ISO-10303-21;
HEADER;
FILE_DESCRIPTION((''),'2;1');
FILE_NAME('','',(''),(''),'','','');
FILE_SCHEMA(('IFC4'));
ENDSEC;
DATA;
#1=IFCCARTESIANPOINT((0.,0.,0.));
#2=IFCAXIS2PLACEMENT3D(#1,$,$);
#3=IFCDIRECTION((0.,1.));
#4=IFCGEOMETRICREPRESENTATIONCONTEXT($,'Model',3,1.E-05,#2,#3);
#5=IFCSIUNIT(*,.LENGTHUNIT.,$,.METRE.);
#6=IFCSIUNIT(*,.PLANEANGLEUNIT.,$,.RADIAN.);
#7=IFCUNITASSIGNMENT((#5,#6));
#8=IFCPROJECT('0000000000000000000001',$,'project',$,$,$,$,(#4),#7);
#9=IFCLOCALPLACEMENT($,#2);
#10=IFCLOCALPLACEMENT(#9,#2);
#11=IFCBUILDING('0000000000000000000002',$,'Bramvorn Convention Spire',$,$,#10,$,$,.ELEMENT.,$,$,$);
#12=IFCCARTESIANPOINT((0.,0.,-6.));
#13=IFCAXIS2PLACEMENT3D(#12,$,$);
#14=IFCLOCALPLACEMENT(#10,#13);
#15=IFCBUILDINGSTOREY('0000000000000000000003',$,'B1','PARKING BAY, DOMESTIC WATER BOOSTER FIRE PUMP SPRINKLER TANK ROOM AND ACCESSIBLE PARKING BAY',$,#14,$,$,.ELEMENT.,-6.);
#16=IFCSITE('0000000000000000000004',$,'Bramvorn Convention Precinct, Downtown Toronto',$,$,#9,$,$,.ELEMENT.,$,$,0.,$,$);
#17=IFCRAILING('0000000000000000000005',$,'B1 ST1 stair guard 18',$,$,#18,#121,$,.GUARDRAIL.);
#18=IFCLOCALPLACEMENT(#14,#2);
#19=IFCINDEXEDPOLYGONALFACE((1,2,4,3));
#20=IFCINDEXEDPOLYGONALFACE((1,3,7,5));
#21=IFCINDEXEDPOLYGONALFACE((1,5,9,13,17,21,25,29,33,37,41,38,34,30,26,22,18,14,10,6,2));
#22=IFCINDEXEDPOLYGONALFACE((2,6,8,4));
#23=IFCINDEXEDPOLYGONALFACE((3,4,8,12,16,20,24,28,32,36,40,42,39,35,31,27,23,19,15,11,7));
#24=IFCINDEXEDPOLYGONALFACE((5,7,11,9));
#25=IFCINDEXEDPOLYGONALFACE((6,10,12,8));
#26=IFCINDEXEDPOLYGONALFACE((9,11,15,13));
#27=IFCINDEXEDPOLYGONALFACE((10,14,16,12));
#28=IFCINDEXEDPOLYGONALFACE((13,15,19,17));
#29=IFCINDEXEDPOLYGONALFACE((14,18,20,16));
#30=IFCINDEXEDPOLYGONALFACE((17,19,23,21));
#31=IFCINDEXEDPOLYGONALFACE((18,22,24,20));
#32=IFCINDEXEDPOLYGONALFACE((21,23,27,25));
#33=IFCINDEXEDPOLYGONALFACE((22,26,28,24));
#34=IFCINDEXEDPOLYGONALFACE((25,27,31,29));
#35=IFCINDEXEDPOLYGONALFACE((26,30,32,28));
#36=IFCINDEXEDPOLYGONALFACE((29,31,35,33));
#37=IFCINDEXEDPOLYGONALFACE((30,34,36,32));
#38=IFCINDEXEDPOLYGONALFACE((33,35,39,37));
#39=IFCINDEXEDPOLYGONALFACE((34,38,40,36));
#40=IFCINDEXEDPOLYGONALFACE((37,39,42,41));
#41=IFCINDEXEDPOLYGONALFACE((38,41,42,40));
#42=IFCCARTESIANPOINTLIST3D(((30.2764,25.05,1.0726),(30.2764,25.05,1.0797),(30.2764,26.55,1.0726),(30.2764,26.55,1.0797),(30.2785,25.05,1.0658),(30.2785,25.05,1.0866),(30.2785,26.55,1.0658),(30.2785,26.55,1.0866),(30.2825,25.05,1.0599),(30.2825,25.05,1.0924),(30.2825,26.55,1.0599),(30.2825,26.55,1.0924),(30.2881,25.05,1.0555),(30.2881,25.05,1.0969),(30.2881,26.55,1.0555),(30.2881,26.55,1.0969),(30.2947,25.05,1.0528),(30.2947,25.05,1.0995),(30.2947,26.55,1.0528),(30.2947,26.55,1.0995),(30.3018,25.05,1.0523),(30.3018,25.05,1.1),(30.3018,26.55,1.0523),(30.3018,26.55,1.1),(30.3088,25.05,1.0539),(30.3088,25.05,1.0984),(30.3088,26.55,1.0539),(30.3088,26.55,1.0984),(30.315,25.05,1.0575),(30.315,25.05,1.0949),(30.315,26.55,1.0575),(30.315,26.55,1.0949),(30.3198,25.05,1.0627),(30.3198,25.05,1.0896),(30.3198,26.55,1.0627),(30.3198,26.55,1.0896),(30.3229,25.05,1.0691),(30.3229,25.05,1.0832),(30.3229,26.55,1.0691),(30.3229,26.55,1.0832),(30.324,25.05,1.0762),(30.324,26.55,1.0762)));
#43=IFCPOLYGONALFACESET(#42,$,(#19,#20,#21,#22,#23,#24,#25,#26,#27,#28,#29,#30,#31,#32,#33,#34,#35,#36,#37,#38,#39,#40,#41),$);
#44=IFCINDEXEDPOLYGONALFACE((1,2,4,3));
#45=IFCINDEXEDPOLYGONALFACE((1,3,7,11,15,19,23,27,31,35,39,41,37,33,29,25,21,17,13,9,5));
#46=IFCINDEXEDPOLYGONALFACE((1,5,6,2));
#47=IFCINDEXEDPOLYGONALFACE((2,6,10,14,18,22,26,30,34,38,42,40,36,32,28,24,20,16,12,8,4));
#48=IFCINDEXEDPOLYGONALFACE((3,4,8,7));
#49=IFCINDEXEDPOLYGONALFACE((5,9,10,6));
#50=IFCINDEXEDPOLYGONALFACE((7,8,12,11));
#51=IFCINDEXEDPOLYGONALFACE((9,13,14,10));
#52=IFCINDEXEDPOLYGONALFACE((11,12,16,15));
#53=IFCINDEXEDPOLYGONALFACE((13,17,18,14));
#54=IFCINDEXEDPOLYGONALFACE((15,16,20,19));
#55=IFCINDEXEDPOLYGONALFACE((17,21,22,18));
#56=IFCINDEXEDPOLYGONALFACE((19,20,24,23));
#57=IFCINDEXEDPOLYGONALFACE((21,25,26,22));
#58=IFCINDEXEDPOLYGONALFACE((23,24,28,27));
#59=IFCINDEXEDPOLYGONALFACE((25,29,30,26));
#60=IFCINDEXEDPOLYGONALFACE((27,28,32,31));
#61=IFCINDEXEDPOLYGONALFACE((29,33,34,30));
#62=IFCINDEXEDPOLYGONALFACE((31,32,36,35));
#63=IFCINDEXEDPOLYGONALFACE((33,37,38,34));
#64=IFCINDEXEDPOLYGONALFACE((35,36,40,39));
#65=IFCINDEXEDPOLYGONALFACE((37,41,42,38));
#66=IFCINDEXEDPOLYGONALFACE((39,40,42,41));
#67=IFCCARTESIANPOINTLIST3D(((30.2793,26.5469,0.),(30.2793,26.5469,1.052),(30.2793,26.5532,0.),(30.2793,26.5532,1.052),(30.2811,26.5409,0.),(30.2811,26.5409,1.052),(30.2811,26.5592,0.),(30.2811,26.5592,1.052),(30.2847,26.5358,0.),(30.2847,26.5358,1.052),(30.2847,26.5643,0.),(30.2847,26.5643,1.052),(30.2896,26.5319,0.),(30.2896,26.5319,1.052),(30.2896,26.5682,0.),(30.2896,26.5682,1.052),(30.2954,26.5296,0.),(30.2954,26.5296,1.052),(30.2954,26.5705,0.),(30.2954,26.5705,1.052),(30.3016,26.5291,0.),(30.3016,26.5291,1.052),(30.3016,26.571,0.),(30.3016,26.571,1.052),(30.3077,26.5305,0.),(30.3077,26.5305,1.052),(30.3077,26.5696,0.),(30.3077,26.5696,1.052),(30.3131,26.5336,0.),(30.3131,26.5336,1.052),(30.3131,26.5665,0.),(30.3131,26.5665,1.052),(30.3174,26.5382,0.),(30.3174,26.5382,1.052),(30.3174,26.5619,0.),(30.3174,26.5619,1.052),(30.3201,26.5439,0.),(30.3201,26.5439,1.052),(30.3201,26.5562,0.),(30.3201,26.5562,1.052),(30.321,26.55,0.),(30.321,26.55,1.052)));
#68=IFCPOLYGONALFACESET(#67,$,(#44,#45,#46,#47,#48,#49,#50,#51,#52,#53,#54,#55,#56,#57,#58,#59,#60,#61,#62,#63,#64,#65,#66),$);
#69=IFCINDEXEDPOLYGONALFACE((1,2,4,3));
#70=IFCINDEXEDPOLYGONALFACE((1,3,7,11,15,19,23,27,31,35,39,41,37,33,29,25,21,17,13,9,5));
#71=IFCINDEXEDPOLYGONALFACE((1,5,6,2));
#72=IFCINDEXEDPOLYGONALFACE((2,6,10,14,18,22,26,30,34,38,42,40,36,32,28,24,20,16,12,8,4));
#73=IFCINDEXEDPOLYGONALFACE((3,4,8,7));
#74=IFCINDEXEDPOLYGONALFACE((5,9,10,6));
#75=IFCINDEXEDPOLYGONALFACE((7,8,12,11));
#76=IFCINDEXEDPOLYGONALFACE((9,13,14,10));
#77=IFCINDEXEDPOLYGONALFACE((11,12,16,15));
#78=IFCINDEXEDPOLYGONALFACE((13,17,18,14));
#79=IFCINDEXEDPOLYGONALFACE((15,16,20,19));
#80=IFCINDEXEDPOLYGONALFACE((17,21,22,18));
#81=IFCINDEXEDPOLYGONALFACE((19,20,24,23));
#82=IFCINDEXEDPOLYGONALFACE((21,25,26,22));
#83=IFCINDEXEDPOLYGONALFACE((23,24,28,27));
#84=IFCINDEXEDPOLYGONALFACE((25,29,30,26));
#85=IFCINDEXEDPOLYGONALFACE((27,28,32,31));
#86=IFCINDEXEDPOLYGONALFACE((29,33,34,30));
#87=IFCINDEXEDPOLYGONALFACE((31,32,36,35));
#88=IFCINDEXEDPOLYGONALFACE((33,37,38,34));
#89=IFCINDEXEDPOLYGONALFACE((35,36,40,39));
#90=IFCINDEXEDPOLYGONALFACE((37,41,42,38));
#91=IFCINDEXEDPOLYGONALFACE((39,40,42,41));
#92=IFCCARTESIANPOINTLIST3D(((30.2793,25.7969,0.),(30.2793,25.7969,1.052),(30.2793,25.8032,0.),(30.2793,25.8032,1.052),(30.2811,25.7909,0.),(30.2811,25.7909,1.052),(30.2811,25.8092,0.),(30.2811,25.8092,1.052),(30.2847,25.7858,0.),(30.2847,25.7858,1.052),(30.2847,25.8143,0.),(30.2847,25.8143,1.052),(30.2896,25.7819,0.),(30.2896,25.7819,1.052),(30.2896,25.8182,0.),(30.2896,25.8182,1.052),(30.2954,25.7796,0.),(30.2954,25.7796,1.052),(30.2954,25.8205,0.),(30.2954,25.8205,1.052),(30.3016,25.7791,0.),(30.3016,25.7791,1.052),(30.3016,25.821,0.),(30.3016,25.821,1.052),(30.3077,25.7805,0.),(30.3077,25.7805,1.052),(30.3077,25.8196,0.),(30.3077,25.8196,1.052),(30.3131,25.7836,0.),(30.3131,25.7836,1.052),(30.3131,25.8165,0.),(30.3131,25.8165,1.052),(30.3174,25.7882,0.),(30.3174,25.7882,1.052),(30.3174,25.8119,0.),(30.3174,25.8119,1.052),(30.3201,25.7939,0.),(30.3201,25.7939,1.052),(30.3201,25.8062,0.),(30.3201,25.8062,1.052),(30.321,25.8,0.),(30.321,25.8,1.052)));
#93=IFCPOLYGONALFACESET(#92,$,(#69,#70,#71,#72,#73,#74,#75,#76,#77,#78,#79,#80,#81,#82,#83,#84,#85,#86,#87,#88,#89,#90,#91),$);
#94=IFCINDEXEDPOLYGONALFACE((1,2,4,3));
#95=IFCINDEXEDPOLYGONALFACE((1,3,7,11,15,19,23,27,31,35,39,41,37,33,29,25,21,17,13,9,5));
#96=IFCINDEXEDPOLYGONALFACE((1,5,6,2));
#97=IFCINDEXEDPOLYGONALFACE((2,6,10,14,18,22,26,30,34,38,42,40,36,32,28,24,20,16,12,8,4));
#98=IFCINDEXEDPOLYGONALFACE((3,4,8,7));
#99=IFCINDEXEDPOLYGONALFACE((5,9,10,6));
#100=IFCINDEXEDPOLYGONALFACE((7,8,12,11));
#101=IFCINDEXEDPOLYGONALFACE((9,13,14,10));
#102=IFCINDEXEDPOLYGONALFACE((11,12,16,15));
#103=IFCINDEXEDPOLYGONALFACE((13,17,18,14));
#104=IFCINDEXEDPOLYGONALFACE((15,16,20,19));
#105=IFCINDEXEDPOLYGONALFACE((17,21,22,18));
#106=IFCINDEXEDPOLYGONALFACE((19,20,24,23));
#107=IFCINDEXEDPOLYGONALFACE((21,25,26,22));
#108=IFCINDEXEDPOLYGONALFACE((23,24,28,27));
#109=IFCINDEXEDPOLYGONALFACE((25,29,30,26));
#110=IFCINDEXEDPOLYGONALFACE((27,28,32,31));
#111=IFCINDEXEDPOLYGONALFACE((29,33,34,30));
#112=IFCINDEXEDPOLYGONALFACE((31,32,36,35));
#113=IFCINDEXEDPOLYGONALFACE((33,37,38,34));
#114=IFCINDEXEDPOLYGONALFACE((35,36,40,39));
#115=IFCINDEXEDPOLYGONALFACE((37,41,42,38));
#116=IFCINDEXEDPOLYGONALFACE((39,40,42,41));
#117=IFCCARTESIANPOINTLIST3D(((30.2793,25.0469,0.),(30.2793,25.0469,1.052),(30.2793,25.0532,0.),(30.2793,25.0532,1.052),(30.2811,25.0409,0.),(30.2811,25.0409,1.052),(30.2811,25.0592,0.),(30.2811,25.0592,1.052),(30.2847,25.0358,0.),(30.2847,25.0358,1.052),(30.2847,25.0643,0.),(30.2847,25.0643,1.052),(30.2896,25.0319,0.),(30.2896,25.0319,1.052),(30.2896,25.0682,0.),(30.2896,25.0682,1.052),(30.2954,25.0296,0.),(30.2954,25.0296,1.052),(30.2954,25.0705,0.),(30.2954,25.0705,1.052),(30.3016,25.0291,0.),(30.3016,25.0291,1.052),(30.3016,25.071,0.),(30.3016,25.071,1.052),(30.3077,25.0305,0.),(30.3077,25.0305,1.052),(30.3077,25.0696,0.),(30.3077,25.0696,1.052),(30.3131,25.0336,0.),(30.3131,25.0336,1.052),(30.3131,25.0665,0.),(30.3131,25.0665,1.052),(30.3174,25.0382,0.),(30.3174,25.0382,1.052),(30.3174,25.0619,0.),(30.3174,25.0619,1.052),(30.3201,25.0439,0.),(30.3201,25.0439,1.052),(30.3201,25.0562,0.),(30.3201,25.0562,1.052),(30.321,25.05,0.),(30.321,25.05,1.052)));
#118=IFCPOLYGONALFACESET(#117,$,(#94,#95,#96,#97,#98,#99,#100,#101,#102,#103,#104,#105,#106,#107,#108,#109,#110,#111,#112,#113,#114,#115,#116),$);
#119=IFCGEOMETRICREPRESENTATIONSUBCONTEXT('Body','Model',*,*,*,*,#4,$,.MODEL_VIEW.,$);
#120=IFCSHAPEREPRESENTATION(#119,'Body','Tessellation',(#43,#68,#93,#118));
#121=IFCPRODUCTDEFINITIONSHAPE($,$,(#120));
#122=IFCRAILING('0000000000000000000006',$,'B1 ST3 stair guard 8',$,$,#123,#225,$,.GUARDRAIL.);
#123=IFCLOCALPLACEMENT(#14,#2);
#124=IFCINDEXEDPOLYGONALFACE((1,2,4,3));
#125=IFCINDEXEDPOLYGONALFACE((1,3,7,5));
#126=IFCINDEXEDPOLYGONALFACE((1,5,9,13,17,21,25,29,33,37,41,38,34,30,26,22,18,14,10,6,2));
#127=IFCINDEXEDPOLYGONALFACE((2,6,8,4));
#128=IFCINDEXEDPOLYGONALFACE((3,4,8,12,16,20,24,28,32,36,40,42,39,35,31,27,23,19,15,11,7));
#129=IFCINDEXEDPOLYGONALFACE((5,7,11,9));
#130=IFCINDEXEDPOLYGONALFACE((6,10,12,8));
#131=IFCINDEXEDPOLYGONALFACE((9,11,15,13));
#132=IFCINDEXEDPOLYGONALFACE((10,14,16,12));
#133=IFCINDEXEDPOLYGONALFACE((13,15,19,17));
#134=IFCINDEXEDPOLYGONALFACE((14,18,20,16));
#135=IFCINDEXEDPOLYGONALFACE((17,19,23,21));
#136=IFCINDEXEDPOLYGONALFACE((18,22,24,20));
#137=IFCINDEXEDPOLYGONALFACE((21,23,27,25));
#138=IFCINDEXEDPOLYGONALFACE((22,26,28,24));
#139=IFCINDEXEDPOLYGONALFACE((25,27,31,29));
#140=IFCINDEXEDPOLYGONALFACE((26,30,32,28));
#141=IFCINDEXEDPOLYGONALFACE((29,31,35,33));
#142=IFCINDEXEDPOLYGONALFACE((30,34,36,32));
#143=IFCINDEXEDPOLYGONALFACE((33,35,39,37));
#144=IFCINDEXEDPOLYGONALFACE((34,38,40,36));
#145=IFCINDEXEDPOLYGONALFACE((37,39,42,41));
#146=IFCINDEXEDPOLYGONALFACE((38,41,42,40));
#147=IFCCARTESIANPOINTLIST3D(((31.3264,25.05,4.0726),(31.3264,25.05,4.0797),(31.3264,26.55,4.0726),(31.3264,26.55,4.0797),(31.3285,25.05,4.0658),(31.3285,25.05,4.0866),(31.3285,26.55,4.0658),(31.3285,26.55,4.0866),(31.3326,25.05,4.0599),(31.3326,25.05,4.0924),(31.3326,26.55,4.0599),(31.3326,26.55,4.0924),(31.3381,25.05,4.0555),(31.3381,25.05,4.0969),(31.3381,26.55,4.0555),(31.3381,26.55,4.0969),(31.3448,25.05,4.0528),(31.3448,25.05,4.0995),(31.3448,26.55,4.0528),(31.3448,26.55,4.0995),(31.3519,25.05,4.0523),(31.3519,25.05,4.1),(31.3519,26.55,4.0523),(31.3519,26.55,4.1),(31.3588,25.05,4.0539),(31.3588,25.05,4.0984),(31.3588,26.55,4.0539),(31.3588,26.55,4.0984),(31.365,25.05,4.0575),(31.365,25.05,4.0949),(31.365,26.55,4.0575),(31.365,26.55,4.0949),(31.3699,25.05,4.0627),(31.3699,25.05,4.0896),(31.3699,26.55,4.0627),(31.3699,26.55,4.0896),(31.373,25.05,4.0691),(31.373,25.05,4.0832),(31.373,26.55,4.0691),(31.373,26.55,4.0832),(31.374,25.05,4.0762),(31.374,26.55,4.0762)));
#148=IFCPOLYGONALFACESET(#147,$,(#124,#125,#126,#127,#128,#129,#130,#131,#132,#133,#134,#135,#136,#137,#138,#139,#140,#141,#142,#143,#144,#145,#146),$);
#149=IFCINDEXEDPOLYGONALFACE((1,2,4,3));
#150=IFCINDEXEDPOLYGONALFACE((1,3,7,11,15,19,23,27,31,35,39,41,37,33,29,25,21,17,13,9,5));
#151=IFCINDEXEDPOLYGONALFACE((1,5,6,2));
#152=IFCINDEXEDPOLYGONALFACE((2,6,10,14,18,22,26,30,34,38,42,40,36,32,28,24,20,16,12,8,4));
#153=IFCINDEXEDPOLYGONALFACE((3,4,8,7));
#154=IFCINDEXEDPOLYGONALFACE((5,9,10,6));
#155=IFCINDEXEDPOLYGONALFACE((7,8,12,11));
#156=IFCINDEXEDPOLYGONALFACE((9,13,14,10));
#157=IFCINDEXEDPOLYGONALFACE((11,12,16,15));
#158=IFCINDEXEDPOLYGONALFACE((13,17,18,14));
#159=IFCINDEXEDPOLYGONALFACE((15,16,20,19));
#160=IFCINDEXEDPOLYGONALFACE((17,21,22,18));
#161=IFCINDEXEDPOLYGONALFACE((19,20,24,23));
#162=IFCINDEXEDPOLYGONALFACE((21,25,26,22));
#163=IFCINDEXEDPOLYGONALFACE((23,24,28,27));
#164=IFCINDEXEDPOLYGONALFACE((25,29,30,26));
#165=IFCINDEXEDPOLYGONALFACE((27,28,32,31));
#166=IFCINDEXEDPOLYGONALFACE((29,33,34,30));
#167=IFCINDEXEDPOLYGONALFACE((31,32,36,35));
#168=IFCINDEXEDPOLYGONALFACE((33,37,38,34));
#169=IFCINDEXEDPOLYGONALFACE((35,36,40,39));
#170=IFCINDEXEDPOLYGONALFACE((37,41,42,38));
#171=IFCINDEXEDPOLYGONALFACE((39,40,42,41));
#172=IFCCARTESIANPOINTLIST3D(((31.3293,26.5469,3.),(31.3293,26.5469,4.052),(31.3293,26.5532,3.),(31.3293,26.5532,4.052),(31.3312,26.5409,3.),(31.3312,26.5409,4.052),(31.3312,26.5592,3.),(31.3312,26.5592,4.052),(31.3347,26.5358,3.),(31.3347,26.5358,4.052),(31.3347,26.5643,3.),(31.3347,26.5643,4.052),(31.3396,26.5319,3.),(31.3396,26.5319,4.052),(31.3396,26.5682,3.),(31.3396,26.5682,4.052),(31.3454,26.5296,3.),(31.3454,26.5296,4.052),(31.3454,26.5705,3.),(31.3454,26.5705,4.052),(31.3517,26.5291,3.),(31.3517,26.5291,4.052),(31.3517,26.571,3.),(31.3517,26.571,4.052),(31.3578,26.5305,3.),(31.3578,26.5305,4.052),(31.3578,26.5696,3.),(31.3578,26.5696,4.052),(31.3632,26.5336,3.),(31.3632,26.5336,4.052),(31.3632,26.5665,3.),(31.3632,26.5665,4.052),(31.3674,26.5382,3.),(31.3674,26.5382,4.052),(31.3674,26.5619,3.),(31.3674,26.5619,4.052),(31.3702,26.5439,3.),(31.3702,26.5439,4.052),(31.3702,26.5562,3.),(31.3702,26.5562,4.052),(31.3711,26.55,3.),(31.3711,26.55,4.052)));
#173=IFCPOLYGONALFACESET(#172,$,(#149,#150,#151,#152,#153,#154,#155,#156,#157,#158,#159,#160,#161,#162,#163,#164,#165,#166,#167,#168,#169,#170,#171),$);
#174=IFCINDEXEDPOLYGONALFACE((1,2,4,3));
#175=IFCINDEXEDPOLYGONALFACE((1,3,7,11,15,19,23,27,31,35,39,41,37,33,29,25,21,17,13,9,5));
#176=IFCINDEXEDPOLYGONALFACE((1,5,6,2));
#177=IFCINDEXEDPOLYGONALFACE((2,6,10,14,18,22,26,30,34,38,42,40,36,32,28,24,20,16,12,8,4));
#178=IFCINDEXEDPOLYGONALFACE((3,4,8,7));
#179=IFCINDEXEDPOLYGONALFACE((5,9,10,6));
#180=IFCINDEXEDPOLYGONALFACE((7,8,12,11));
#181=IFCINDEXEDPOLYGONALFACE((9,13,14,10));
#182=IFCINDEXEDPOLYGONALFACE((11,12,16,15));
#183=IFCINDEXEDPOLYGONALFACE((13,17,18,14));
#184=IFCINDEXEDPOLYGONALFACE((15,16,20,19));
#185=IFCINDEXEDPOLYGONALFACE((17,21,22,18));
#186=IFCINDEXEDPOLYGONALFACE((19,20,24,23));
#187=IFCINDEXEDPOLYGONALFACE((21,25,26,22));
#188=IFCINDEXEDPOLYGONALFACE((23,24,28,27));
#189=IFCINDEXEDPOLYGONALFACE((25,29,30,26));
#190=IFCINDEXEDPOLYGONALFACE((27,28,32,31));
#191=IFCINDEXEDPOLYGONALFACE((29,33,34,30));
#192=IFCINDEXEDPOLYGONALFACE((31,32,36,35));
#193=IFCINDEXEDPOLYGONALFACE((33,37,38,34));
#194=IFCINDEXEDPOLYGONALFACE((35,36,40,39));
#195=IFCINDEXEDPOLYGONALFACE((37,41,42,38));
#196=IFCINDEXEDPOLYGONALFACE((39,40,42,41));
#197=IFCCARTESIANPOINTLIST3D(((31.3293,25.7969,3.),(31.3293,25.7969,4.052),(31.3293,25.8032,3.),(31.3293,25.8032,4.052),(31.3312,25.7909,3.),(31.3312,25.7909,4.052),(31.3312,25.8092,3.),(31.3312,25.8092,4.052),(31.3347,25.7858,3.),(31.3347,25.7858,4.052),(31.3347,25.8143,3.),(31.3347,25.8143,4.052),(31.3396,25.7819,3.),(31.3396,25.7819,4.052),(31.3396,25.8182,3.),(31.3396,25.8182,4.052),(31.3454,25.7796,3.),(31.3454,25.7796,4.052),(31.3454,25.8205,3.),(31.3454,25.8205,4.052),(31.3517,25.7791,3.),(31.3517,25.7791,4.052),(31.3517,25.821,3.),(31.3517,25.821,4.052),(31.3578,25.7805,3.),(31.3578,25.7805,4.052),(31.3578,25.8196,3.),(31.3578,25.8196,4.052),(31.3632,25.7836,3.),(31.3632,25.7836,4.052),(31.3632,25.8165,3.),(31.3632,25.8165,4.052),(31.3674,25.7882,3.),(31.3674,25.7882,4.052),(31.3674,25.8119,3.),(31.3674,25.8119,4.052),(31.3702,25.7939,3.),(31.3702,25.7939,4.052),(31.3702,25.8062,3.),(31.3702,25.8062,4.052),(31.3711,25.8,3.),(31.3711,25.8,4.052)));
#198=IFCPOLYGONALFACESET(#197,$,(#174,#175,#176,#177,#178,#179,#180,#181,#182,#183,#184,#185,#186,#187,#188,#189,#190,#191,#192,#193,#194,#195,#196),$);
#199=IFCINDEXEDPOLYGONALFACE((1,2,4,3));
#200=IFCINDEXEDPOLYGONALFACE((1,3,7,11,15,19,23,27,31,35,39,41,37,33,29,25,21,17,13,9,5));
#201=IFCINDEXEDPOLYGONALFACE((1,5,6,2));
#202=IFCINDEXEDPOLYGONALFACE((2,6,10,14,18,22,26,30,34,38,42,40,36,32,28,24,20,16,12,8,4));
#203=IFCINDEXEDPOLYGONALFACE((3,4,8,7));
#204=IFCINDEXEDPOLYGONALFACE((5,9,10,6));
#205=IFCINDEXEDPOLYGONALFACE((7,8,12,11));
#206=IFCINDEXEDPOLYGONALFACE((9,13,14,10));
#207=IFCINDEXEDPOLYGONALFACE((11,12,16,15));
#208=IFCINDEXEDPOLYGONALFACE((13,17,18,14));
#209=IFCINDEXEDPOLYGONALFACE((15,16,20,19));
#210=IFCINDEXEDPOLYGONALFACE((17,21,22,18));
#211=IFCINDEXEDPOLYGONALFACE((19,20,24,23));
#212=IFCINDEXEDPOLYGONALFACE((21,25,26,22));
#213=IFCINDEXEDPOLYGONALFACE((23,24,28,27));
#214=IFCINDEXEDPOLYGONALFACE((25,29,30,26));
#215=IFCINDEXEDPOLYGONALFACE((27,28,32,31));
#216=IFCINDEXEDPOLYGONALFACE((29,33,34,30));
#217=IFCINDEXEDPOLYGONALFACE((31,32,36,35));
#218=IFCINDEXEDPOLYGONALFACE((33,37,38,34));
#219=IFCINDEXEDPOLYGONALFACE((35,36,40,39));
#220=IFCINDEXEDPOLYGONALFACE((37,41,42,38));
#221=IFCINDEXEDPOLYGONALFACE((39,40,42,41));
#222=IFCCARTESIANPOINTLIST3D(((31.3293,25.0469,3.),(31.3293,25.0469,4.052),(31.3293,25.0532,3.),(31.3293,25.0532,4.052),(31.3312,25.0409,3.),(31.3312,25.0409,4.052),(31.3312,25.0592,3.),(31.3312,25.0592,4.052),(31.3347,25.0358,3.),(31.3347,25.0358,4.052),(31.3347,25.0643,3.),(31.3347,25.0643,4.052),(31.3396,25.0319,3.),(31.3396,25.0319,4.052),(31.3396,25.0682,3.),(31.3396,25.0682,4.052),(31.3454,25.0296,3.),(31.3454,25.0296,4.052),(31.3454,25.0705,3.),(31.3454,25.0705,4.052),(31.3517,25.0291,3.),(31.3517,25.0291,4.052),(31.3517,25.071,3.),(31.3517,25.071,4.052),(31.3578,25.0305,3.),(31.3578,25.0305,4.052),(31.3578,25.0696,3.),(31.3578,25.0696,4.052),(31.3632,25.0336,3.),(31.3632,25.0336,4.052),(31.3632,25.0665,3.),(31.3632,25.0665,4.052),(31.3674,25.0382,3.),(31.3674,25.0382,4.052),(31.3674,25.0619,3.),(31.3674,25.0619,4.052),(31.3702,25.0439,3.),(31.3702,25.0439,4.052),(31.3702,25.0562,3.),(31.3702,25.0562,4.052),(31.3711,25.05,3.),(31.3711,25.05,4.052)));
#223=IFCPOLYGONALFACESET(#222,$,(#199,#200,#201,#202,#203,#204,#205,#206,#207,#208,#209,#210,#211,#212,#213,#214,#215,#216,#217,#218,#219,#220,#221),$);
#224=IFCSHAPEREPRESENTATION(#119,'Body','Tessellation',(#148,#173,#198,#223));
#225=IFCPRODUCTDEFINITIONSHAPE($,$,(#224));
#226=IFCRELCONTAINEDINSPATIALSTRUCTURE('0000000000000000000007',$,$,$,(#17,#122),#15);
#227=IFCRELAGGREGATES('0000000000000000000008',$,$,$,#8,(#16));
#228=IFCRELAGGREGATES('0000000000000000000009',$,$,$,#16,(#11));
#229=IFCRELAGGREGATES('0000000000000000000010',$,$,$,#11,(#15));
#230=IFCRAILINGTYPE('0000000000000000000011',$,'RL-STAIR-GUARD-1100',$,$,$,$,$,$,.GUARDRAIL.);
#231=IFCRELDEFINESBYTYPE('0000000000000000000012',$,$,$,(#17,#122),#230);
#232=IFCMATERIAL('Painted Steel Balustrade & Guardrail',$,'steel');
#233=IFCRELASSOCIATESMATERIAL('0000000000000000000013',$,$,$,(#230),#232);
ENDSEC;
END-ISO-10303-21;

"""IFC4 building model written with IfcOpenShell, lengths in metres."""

from ifc_helpers import new_model, si_unit, direction, frame, origin, origin_2d, place, context, subcontext, project, spatial, circle, extrude, material, type_object, element, save


model = new_model("IFC4")

# Units and contexts
model_context = context("Model", 3, precision=1e-05, world=origin(), true_north=direction((0.0, 1.0)))
body_context = subcontext(model_context, "Body", "Model", "MODEL_VIEW")
ifc_project = project(units=[si_unit("LENGTHUNIT", "METRE"), si_unit("PLANEANGLEUNIT", "RADIAN")], contexts=[model_context])

# Site, building, storey
site_placement = place(None, origin())
site = spatial("IfcSite", under=ifc_project, at=site_placement, Name="Bramvorn Convention Precinct, Downtown Toronto", CompositionType="ELEMENT", RefElevation=0.0)
building_placement = place(site_placement, origin())
building = spatial("IfcBuilding", under=site, at=building_placement, Name="Bramvorn Convention Spire", CompositionType="ELEMENT")
storey_placement = place(building_placement, frame((0.0, 0.0, -6.0)))
storey = spatial("IfcBuildingStorey", under=building, at=storey_placement, Name="B1", Description="PARKING BAY, DOMESTIC WATER BOOSTER FIRE PUMP SPRINKLER TANK ROOM AND ACCESSIBLE PARKING BAY", CompositionType="ELEMENT", Elevation=-6.0)

# Railings
ifc_material_1 = material(Name="Painted Steel Balustrade & Guardrail", Category="steel")
railing_type = type_object("IfcRailingType", Name="RL-STAIR-GUARD-1100", PredefinedType="GUARDRAIL", material=ifc_material_1)
for number, where, name in (
    (1, (30.3, 26.55, 0.0), "B1 ST1 stair guard 18"),
    (2, (31.3501, 26.55, 3.0), "B1 ST3 stair guard 8"),
):
    element("IfcRailing", number, at=place(storey_placement, frame(where)), inside=storey, type_object=railing_type, Name=name, PredefinedType="GUARDRAIL", context=body_context, shape_type="SweptSolid", body=[
        extrude(circle(Radius=0.0239, at=origin_2d()), frame((0.0, 0.0, 1.0762), z_axis=(0.0, -1.0, 0.0), x_axis=(1.0, 0.0, 0.0)), (0.0, 0.0, 1.0), 1.5),
        extrude(circle(Radius=0.021, at=origin_2d()), origin(), (0.0, 0.0, 1.0), 1.052),
        extrude(circle(Radius=0.021, at=origin_2d()), frame((0.0, -0.75, 0.0)), (0.0, 0.0, 1.0), 1.052),
        extrude(circle(Radius=0.021, at=origin_2d()), frame((0.0, -1.5, 0.0)), (0.0, 0.0, 1.0), 1.052),
    ])

save(model, "model.ifc")
